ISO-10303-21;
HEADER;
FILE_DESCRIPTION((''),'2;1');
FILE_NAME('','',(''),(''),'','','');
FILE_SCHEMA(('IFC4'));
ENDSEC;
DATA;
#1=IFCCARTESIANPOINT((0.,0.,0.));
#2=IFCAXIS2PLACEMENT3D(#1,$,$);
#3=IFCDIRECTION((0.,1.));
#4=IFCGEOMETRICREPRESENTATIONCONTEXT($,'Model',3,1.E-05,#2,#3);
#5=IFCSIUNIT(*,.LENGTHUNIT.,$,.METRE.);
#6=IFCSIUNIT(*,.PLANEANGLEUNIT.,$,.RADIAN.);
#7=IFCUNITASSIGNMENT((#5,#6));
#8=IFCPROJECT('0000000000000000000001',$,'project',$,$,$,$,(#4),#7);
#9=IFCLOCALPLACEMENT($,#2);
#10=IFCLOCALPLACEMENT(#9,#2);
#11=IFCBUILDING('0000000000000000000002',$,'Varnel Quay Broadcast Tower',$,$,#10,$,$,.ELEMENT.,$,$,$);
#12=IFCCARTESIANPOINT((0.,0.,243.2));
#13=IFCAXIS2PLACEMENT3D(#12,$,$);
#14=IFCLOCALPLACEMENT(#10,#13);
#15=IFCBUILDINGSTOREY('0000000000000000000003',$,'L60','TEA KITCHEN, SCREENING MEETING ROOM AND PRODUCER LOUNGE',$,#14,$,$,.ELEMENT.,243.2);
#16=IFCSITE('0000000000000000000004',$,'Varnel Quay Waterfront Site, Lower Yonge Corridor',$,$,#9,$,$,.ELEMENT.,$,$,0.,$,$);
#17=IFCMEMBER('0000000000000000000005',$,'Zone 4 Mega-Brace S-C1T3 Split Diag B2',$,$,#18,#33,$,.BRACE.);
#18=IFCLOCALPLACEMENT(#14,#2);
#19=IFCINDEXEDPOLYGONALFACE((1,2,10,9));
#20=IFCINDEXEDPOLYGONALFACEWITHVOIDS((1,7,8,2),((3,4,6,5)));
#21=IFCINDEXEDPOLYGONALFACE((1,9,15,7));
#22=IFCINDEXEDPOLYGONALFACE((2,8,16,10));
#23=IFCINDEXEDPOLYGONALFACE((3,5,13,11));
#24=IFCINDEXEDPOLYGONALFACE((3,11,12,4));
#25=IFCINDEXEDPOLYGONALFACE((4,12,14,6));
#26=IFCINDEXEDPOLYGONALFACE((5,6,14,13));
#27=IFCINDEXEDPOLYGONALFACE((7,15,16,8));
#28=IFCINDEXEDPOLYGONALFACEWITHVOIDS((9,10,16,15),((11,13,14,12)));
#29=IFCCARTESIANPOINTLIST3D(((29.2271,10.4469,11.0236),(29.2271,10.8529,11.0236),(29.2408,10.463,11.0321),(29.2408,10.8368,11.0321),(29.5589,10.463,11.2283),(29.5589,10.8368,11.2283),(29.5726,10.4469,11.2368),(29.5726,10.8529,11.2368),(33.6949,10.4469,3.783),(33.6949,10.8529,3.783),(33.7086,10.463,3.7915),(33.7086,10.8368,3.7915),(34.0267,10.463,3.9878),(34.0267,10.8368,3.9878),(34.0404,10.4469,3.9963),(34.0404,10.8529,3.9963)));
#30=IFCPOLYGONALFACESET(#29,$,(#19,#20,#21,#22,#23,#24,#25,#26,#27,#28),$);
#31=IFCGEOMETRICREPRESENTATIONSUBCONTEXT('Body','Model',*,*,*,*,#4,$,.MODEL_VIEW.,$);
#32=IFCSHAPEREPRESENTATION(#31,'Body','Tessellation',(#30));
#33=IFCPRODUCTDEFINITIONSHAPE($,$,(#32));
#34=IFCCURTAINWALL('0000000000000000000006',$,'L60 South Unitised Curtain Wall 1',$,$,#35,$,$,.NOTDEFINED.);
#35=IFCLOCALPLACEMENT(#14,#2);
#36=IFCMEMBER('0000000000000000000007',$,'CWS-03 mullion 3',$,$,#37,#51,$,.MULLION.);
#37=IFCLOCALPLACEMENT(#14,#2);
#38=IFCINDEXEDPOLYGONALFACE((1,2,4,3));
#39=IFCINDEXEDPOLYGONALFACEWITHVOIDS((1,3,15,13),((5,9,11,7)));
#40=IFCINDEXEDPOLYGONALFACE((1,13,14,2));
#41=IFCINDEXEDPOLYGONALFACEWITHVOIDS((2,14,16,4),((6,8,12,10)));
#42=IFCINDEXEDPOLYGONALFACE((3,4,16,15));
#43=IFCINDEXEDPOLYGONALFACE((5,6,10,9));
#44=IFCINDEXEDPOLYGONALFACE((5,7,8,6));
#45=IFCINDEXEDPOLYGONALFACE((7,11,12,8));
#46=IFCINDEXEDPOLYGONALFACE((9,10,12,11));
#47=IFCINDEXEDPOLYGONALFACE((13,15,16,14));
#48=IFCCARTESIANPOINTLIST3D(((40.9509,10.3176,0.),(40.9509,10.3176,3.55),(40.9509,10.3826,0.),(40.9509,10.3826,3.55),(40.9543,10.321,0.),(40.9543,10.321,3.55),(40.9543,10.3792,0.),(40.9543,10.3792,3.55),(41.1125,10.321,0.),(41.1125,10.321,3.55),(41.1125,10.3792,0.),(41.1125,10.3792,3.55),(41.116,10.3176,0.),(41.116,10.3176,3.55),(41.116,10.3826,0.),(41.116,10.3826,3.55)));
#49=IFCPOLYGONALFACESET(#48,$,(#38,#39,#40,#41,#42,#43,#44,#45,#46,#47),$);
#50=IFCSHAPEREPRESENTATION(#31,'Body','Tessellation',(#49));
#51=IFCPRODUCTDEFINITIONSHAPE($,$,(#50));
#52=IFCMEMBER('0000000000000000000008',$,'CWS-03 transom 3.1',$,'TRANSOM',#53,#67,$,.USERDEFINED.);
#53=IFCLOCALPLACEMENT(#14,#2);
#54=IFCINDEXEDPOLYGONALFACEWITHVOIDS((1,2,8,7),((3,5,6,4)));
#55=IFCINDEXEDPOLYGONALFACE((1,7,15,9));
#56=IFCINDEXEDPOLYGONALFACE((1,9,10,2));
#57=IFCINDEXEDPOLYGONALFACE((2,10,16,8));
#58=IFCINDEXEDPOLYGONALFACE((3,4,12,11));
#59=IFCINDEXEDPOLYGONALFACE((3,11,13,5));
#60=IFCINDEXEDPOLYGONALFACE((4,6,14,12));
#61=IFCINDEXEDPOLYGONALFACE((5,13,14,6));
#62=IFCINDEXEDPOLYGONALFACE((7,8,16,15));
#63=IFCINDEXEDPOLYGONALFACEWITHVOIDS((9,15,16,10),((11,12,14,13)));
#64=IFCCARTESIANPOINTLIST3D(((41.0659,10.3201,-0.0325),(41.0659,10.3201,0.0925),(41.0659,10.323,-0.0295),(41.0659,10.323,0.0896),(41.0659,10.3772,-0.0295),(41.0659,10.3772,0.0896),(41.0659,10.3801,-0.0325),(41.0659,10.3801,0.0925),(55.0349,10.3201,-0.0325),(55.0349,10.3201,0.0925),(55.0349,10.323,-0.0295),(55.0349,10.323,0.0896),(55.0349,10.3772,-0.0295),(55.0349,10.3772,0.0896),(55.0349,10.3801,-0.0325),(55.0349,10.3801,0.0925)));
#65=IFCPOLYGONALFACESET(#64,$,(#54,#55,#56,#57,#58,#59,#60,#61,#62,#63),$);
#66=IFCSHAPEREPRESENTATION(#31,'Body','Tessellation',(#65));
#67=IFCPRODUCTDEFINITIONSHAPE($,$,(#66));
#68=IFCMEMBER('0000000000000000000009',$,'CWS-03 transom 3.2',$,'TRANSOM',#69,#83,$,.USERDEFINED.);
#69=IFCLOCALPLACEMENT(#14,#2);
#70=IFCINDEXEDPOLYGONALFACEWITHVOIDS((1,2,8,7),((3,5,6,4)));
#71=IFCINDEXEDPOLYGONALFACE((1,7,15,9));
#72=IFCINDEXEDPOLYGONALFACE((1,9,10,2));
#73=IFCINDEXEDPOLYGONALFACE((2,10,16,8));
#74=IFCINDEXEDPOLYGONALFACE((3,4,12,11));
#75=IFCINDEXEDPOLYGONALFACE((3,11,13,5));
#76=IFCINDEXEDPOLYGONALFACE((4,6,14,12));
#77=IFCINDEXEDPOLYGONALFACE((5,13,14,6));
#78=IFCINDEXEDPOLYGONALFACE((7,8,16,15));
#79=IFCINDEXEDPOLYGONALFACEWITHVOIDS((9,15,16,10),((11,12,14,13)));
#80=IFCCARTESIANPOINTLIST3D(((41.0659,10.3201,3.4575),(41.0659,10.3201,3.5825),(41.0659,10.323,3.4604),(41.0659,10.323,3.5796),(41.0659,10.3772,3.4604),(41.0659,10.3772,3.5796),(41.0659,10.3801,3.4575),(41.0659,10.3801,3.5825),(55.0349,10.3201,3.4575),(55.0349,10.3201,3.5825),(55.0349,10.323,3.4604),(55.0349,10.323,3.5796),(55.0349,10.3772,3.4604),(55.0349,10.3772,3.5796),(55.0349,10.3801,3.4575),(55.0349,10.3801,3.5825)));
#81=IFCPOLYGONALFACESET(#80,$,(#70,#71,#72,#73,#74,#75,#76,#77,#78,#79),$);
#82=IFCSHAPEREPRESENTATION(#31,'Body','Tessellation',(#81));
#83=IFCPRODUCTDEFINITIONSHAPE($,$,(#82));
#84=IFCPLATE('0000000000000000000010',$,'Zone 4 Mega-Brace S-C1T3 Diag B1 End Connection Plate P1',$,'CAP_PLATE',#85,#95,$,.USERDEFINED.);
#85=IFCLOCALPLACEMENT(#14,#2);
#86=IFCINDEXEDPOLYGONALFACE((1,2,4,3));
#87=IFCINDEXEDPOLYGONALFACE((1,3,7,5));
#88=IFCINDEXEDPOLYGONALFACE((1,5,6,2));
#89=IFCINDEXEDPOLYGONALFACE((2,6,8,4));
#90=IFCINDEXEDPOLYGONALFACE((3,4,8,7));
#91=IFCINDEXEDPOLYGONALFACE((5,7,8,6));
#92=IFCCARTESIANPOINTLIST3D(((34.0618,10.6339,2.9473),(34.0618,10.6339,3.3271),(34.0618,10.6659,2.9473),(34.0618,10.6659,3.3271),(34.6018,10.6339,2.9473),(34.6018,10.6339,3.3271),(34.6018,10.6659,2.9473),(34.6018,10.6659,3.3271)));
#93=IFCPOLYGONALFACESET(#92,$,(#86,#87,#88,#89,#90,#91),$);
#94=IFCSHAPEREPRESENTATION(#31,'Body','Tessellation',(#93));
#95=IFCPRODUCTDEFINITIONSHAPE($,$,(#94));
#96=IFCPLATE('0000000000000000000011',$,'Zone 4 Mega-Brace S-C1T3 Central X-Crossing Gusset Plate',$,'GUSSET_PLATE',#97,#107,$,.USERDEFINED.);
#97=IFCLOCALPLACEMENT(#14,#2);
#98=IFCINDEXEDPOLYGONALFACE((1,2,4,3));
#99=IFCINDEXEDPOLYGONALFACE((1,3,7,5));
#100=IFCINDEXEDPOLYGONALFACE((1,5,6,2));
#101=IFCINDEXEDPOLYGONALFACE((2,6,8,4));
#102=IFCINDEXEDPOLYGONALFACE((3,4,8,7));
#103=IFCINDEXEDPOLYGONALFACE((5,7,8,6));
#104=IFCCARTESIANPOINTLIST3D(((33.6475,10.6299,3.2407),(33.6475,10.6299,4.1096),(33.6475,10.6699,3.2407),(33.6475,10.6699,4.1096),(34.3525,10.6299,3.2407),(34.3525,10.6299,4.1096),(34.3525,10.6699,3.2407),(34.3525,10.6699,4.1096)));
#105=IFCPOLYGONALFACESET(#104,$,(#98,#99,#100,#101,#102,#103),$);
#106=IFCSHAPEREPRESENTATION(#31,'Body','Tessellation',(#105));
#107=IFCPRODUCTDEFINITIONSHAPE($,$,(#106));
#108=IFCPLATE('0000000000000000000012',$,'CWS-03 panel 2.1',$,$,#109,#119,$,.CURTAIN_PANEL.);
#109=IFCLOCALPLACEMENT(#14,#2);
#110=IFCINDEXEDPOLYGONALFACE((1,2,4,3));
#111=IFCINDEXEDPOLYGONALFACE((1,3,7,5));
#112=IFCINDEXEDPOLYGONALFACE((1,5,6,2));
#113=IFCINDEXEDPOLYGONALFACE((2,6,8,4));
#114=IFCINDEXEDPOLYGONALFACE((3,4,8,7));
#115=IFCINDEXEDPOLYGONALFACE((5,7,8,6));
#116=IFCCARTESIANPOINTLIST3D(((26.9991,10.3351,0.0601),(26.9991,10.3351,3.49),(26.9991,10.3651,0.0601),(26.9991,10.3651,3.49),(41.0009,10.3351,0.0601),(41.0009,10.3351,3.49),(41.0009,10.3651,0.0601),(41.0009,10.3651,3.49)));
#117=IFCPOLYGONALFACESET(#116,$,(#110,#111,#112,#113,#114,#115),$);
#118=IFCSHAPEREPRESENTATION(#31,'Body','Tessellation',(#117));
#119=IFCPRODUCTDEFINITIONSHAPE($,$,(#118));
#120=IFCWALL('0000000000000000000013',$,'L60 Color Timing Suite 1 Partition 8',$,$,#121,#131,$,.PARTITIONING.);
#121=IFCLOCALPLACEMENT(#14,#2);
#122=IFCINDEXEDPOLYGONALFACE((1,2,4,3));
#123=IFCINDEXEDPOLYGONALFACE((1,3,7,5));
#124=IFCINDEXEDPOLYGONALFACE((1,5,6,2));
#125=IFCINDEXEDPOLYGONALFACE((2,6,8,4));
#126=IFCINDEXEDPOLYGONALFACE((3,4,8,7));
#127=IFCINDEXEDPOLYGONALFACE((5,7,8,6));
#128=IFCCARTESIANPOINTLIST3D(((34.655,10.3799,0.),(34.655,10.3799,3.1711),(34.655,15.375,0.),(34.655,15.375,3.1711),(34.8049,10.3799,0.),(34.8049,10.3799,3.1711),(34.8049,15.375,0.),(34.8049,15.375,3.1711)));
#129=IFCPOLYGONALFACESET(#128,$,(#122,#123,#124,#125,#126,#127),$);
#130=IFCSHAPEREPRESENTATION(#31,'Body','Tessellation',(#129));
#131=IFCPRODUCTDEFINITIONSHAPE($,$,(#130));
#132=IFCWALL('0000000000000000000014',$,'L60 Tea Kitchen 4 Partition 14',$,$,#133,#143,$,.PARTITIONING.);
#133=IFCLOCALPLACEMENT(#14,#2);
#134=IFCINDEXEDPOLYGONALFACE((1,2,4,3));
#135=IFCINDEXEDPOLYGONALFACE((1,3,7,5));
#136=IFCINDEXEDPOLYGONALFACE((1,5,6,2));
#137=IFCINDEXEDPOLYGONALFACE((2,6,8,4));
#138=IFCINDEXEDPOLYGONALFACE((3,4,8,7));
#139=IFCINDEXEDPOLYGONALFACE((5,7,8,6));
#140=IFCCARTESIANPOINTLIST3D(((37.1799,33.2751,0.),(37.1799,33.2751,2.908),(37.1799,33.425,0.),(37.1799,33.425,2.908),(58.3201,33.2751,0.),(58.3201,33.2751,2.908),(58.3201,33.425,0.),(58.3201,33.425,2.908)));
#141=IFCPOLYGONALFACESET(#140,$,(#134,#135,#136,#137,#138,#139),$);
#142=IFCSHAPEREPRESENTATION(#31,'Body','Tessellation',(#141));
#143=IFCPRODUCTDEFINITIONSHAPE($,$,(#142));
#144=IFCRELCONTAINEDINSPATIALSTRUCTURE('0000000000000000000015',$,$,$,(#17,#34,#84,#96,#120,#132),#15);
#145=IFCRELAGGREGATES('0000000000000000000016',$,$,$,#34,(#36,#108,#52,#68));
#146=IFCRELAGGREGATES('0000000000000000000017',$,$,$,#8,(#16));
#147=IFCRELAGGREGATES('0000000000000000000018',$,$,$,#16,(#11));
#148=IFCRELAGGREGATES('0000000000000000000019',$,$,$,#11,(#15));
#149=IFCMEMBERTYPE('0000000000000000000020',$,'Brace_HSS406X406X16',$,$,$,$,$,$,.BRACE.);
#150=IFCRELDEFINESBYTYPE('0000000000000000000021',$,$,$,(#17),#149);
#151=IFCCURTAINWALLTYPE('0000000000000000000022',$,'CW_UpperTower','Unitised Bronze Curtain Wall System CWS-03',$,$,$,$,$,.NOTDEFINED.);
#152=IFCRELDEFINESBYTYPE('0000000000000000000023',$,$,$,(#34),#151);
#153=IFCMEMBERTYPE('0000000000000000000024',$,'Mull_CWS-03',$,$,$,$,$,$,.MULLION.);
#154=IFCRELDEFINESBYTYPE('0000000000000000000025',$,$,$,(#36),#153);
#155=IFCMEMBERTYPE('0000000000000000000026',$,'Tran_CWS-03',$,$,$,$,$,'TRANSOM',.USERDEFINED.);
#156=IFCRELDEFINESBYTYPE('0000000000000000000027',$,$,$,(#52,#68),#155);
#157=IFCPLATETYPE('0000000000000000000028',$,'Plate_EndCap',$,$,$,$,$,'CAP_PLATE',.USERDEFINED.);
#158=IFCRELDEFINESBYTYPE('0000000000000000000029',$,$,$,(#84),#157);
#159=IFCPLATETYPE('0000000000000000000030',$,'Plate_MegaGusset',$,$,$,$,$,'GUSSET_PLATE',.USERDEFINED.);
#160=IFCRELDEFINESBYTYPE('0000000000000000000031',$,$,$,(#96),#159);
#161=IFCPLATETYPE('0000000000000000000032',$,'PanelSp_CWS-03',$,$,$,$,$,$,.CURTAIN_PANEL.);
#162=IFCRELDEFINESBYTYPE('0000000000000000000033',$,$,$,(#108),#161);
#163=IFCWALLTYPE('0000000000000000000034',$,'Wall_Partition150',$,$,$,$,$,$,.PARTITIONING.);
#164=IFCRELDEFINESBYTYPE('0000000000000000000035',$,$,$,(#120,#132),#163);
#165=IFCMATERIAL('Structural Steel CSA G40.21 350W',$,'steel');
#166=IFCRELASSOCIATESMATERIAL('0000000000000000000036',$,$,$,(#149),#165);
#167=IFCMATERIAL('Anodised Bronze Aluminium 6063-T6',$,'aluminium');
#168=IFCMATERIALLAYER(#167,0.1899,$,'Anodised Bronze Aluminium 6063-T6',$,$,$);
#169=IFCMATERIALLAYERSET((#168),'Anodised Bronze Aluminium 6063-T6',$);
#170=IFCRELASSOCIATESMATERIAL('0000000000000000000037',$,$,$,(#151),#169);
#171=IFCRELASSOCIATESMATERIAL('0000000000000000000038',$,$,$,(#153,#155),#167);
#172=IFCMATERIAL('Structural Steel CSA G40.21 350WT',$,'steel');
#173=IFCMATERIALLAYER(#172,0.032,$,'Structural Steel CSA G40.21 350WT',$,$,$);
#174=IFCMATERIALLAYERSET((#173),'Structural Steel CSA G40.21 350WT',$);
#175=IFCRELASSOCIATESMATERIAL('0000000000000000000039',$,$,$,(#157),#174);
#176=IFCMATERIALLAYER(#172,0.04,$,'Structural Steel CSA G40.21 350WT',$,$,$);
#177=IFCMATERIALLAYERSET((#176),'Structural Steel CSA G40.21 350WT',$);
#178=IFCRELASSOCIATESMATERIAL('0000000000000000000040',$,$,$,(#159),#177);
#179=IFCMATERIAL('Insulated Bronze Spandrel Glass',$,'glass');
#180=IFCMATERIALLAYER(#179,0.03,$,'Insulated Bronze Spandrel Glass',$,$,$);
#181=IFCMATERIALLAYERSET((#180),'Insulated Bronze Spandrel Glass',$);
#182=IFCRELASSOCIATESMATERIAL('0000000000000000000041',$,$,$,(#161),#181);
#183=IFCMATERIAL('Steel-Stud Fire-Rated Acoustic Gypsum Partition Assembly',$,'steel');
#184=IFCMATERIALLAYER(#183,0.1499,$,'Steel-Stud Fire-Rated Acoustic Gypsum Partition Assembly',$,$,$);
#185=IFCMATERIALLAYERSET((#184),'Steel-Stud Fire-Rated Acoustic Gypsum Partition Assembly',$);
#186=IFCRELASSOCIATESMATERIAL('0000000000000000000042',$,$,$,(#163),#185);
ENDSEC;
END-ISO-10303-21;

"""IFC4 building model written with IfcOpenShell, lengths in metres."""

from ifc_helpers import new_model, si_unit, direction, frame, frame_2d, origin, origin_2d, place, context, subcontext, project, spatial, rectangle, hollow_rectangle, extrude, source, transform, mapped, material, layer, layer_set, material_profile, profile_set, type_object, type_shapes, element, aggregate, save


model = new_model("IFC4")

# Units and contexts
model_context = context("Model", 3, precision=1e-05, world=origin(), true_north=direction((0.0, 1.0)))
body_context = subcontext(model_context, "Body", "Model", "MODEL_VIEW")
ifc_project = project(units=[si_unit("LENGTHUNIT", "METRE"), si_unit("PLANEANGLEUNIT", "RADIAN")], contexts=[model_context])

# Site, building, storey
site_placement = place(None, origin())
site = spatial("IfcSite", under=ifc_project, at=site_placement, Name="Varnel Quay Waterfront Site, Lower Yonge Corridor", CompositionType="ELEMENT", RefElevation=0.0)
building_placement = place(site_placement, origin())
building = spatial("IfcBuilding", under=site, at=building_placement, Name="Varnel Quay Broadcast Tower", CompositionType="ELEMENT")
storey_placement = place(building_placement, frame((0.0, 0.0, 243.2)))
storey = spatial("IfcBuildingStorey", under=building, at=storey_placement, Name="L60", Description="TEA KITCHEN, SCREENING MEETING ROOM AND PRODUCER LOUNGE", CompositionType="ELEMENT", Elevation=243.2)

# Shared definitions
ifc_material_1 = material(Name="Structural Steel CSA G40.21 350W", Category="steel")

# Member
ifc_material_profile_1 = material_profile(ifc_material_1, hollow_rectangle(XDim=0.406, YDim=0.406, WallThickness=0.0161, at=origin_2d()), Name="HSS406X406X16")
ifc_profile_set_1 = profile_set([ifc_material_profile_1], Name="Structural Steel CSA G40.21 350W")
member_type_1 = type_object("IfcMemberType", Name="Brace_HSS406X406X16", PredefinedType="BRACE", material=ifc_profile_set_1)
shared_shape_1 = source(origin(), body_context, "Body", "SweptSolid", [
    extrude(hollow_rectangle(XDim=0.406, YDim=0.406, WallThickness=0.0161, at=origin_2d()), origin(), (0.0, 0.0, 1.0), 8.5081),
])
type_shapes(member_type_1, [shared_shape_1])
member_1_placement = place(storey_placement, frame((33.8677, 10.6499, 3.8896), z_axis=(-0.525128, 0.0, 0.851023), x_axis=(0.0, -1.0, 0.0)))
element("IfcMember", 1, at=member_1_placement, inside=storey, type_object=member_type_1, Name="Zone 4 Mega-Brace S-C1T3 Split Diag B2", PredefinedType="BRACE", context=body_context, shape_type="MappedRepresentation", body=[
    mapped(shared_shape_1, transform((0.0, 0.0, 0.0), x_axis=(1.0, 0.0, 0.0), y_axis=(0.0, 1.0, 0.0), z_axis=(0.0, 0.0, 1.0), scale=1.0)),
])

# Curtain wall, members
ifc_material_2 = material(Name="Anodised Bronze Aluminium 6063-T6", Category="aluminium")
ifc_layer_1 = layer(ifc_material_2, 0.1899, Name="Anodised Bronze Aluminium 6063-T6")
ifc_layer_set_1 = layer_set([ifc_layer_1], Name="Anodised Bronze Aluminium 6063-T6")
curtain_wall_type = type_object("IfcCurtainWallType", Name="CW_UpperTower", Description="Unitised Bronze Curtain Wall System CWS-03", PredefinedType="NOTDEFINED", material=ifc_layer_set_1)
curtain_wall_placement = place(storey_placement, origin())
curtain_wall = element("IfcCurtainWall", 2, at=curtain_wall_placement, inside=storey, type_object=curtain_wall_type, Name="L60 South Unitised Curtain Wall 1", PredefinedType="NOTDEFINED")
ifc_material_profile_2 = material_profile(ifc_material_2, hollow_rectangle(XDim=0.0649, YDim=0.165, WallThickness=0.0034, at=origin_2d()), Name="ALU65X165X3.5")
ifc_profile_set_2 = profile_set([ifc_material_profile_2], Name="Anodised Bronze Aluminium 6063-T6")
member_type_2 = type_object("IfcMemberType", Name="Mull_CWS-03", PredefinedType="MULLION", material=ifc_profile_set_2)
shared_shape_2 = source(origin(), body_context, "Body", "SweptSolid", [
    extrude(hollow_rectangle(XDim=0.0649, YDim=0.165, WallThickness=0.0034, at=origin_2d()), origin(), (0.0, 0.0, 1.0), 3.55),
])
type_shapes(member_type_2, [shared_shape_2])
member_2_placement = place(storey_placement, frame((41.0334, 10.3501, 0.0), z_axis=(0.0, 0.0, 1.0), x_axis=(0.0, 1.0, 0.0)))
member_2 = element("IfcMember", 3, at=member_2_placement, type_object=member_type_2, Name="CWS-03 mullion 3", PredefinedType="MULLION", context=body_context, shape_type="MappedRepresentation", body=[
    mapped(shared_shape_2, transform((0.0, 0.0, 0.0), x_axis=(1.0, 0.0, 0.0), y_axis=(0.0, 1.0, 0.0), z_axis=(0.0, 0.0, 1.0), scale=1.0)),
])
ifc_material_profile_3 = material_profile(ifc_material_2, hollow_rectangle(XDim=0.0601, YDim=0.125, WallThickness=0.0029, at=origin_2d()), Name="ALU60X125X3")
ifc_profile_set_3 = profile_set([ifc_material_profile_3], Name="Anodised Bronze Aluminium 6063-T6")
member_type_3 = type_object("IfcMemberType", Name="Tran_CWS-03", ElementType="TRANSOM", PredefinedType="USERDEFINED", material=ifc_profile_set_3)
shared_shape_3 = source(origin(), body_context, "Body", "SweptSolid", [
    extrude(hollow_rectangle(XDim=0.0601, YDim=0.125, WallThickness=0.0029, at=origin_2d()), origin(), (0.0, 0.0, 1.0), 13.969),
])
type_shapes(member_type_3, [shared_shape_3])
member_3_placement = place(storey_placement, frame((41.0659, 10.3501, 0.03), z_axis=(1.0, 0.0, 0.0), x_axis=(0.0, 1.0, 0.0)))
member_3 = element("IfcMember", 4, at=member_3_placement, type_object=member_type_3, Name="CWS-03 transom 3.1", ObjectType="TRANSOM", PredefinedType="USERDEFINED", context=body_context, shape_type="MappedRepresentation", body=[
    mapped(shared_shape_3, transform((0.0, 0.0, 0.0), x_axis=(1.0, 0.0, 0.0), y_axis=(0.0, 1.0, 0.0), z_axis=(0.0, 0.0, 1.0), scale=1.0)),
])
member_4_placement = place(storey_placement, frame((41.0659, 10.3501, 3.52), z_axis=(1.0, 0.0, 0.0), x_axis=(0.0, 1.0, 0.0)))
member_4 = element("IfcMember", 5, at=member_4_placement, type_object=member_type_3, Name="CWS-03 transom 3.2", ObjectType="TRANSOM", PredefinedType="USERDEFINED", context=body_context, shape_type="MappedRepresentation", body=[
    mapped(shared_shape_3, transform((0.0, 0.0, 0.0), x_axis=(1.0, 0.0, 0.0), y_axis=(0.0, 1.0, 0.0), z_axis=(0.0, 0.0, 1.0), scale=1.0)),
])

# Plates
ifc_material_3 = material(Name="Structural Steel CSA G40.21 350WT", Category="steel")
ifc_layer_2 = layer(ifc_material_3, 0.032, Name="Structural Steel CSA G40.21 350WT")
ifc_layer_set_2 = layer_set([ifc_layer_2], Name="Structural Steel CSA G40.21 350WT")
plate_type_1 = type_object("IfcPlateType", Name="Plate_EndCap", ElementType="CAP_PLATE", PredefinedType="USERDEFINED", material=ifc_layer_set_2)
shared_shape_4 = source(origin(), body_context, "Body", "SweptSolid", [
    extrude(rectangle(XDim=0.54, YDim=0.032, at=origin_2d()), origin(), (0.0, 0.0, 1.0), 0.3799),
])
type_shapes(plate_type_1, [shared_shape_4])
plate_1_placement = place(storey_placement, frame((34.3318, 10.6499, 2.9473), z_axis=(0.0, 0.0, 1.0), x_axis=(1.0, 0.0, 0.0)))
element("IfcPlate", 6, at=plate_1_placement, inside=storey, type_object=plate_type_1, Name="Zone 4 Mega-Brace S-C1T3 Diag B1 End Connection Plate P1", ObjectType="CAP_PLATE", PredefinedType="USERDEFINED", context=body_context, shape_type="MappedRepresentation", body=[
    mapped(shared_shape_4, transform((0.0, 0.0, 0.0), x_axis=(1.0, 0.0, 0.0), y_axis=(0.0, 1.0, 0.0), z_axis=(0.0, 0.0, 1.0), scale=1.0)),
])
ifc_layer_3 = layer(ifc_material_3, 0.04, Name="Structural Steel CSA G40.21 350WT")
ifc_layer_set_3 = layer_set([ifc_layer_3], Name="Structural Steel CSA G40.21 350WT")
plate_type_2 = type_object("IfcPlateType", Name="Plate_MegaGusset", ElementType="GUSSET_PLATE", PredefinedType="USERDEFINED", material=ifc_layer_set_3)
shared_shape_5 = source(origin(), body_context, "Body", "SweptSolid", [
    extrude(rectangle(XDim=0.7051, YDim=0.04, at=origin_2d()), origin(), (0.0, 0.0, 1.0), 0.8689),
])
type_shapes(plate_type_2, [shared_shape_5])
plate_2_placement = place(storey_placement, frame((34.0, 10.6499, 3.2407), z_axis=(0.0, 0.0, 1.0), x_axis=(1.0, 0.0, 0.0)))
element("IfcPlate", 7, at=plate_2_placement, inside=storey, type_object=plate_type_2, Name="Zone 4 Mega-Brace S-C1T3 Central X-Crossing Gusset Plate", ObjectType="GUSSET_PLATE", PredefinedType="USERDEFINED", context=body_context, shape_type="MappedRepresentation", body=[
    mapped(shared_shape_5, transform((0.0, 0.0, 0.0), x_axis=(1.0, 0.0, 0.0), y_axis=(0.0, 1.0, 0.0), z_axis=(0.0, 0.0, 1.0), scale=1.0)),
])

# Plate
ifc_material_4 = material(Name="Insulated Bronze Spandrel Glass", Category="glass")
ifc_layer_4 = layer(ifc_material_4, 0.03, Name="Insulated Bronze Spandrel Glass")
ifc_layer_set_4 = layer_set([ifc_layer_4], Name="Insulated Bronze Spandrel Glass")
plate_type_3 = type_object("IfcPlateType", Name="PanelSp_CWS-03", PredefinedType="CURTAIN_PANEL", material=ifc_layer_set_4)
shared_shape_6 = source(origin(), body_context, "Body", "SweptSolid", [
    extrude(rectangle(XDim=14.0017, YDim=0.03, at=origin_2d()), origin(), (0.0, 0.0, 1.0), 3.4299),
])
type_shapes(plate_type_3, [shared_shape_6])
plate_3_placement = place(storey_placement, frame((34.0, 10.3501, 0.0601), z_axis=(0.0, 0.0, 1.0), x_axis=(1.0, 0.0, 0.0)))
plate_3 = element("IfcPlate", 8, at=plate_3_placement, type_object=plate_type_3, Name="CWS-03 panel 2.1", PredefinedType="CURTAIN_PANEL", context=body_context, shape_type="MappedRepresentation", body=[
    mapped(shared_shape_6, transform((0.0, 0.0, 0.0), x_axis=(1.0, 0.0, 0.0), y_axis=(0.0, 1.0, 0.0), z_axis=(0.0, 0.0, 1.0), scale=1.0)),
])
aggregate(curtain_wall, [member_2, plate_3, member_3, member_4])

# Walls
ifc_material_5 = material(Name="Steel-Stud Fire-Rated Acoustic Gypsum Partition Assembly", Category="steel")
ifc_layer_5 = layer(ifc_material_5, 0.1499, Name="Steel-Stud Fire-Rated Acoustic Gypsum Partition Assembly")
ifc_layer_set_5 = layer_set([ifc_layer_5], Name="Steel-Stud Fire-Rated Acoustic Gypsum Partition Assembly")
wall_type_1 = type_object("IfcWallType", Name="Wall_Partition150", PredefinedType="PARTITIONING", material=ifc_layer_set_5)
wall_1_placement = place(storey_placement, frame((34.73, 10.3799, 0.0), z_axis=(0.0, 0.0, 1.0), x_axis=(0.0, 1.0, 0.0)))
element("IfcWall", 9, at=wall_1_placement, inside=storey, type_object=wall_type_1, Name="L60 Color Timing Suite 1 Partition 8", PredefinedType="PARTITIONING", context=body_context, shape_type="SweptSolid", body=[
    extrude(rectangle(XDim=4.9951, YDim=0.1499, at=frame_2d((2.4976, 0.0))), origin(), (0.0, 0.0, 1.0), 3.1711),
])
wall_2_placement = place(storey_placement, frame((37.1799, 33.3501, 0.0), z_axis=(0.0, 0.0, 1.0), x_axis=(1.0, 0.0, 0.0)))
element("IfcWall", 10, at=wall_2_placement, inside=storey, type_object=wall_type_1, Name="L60 Tea Kitchen 4 Partition 14", PredefinedType="PARTITIONING", context=body_context, shape_type="SweptSolid", body=[
    extrude(rectangle(XDim=21.1401, YDim=0.1499, at=frame_2d((10.5701, 0.0))), origin(), (0.0, 0.0, 1.0), 2.908),
])

save(model, "model.ifc")
